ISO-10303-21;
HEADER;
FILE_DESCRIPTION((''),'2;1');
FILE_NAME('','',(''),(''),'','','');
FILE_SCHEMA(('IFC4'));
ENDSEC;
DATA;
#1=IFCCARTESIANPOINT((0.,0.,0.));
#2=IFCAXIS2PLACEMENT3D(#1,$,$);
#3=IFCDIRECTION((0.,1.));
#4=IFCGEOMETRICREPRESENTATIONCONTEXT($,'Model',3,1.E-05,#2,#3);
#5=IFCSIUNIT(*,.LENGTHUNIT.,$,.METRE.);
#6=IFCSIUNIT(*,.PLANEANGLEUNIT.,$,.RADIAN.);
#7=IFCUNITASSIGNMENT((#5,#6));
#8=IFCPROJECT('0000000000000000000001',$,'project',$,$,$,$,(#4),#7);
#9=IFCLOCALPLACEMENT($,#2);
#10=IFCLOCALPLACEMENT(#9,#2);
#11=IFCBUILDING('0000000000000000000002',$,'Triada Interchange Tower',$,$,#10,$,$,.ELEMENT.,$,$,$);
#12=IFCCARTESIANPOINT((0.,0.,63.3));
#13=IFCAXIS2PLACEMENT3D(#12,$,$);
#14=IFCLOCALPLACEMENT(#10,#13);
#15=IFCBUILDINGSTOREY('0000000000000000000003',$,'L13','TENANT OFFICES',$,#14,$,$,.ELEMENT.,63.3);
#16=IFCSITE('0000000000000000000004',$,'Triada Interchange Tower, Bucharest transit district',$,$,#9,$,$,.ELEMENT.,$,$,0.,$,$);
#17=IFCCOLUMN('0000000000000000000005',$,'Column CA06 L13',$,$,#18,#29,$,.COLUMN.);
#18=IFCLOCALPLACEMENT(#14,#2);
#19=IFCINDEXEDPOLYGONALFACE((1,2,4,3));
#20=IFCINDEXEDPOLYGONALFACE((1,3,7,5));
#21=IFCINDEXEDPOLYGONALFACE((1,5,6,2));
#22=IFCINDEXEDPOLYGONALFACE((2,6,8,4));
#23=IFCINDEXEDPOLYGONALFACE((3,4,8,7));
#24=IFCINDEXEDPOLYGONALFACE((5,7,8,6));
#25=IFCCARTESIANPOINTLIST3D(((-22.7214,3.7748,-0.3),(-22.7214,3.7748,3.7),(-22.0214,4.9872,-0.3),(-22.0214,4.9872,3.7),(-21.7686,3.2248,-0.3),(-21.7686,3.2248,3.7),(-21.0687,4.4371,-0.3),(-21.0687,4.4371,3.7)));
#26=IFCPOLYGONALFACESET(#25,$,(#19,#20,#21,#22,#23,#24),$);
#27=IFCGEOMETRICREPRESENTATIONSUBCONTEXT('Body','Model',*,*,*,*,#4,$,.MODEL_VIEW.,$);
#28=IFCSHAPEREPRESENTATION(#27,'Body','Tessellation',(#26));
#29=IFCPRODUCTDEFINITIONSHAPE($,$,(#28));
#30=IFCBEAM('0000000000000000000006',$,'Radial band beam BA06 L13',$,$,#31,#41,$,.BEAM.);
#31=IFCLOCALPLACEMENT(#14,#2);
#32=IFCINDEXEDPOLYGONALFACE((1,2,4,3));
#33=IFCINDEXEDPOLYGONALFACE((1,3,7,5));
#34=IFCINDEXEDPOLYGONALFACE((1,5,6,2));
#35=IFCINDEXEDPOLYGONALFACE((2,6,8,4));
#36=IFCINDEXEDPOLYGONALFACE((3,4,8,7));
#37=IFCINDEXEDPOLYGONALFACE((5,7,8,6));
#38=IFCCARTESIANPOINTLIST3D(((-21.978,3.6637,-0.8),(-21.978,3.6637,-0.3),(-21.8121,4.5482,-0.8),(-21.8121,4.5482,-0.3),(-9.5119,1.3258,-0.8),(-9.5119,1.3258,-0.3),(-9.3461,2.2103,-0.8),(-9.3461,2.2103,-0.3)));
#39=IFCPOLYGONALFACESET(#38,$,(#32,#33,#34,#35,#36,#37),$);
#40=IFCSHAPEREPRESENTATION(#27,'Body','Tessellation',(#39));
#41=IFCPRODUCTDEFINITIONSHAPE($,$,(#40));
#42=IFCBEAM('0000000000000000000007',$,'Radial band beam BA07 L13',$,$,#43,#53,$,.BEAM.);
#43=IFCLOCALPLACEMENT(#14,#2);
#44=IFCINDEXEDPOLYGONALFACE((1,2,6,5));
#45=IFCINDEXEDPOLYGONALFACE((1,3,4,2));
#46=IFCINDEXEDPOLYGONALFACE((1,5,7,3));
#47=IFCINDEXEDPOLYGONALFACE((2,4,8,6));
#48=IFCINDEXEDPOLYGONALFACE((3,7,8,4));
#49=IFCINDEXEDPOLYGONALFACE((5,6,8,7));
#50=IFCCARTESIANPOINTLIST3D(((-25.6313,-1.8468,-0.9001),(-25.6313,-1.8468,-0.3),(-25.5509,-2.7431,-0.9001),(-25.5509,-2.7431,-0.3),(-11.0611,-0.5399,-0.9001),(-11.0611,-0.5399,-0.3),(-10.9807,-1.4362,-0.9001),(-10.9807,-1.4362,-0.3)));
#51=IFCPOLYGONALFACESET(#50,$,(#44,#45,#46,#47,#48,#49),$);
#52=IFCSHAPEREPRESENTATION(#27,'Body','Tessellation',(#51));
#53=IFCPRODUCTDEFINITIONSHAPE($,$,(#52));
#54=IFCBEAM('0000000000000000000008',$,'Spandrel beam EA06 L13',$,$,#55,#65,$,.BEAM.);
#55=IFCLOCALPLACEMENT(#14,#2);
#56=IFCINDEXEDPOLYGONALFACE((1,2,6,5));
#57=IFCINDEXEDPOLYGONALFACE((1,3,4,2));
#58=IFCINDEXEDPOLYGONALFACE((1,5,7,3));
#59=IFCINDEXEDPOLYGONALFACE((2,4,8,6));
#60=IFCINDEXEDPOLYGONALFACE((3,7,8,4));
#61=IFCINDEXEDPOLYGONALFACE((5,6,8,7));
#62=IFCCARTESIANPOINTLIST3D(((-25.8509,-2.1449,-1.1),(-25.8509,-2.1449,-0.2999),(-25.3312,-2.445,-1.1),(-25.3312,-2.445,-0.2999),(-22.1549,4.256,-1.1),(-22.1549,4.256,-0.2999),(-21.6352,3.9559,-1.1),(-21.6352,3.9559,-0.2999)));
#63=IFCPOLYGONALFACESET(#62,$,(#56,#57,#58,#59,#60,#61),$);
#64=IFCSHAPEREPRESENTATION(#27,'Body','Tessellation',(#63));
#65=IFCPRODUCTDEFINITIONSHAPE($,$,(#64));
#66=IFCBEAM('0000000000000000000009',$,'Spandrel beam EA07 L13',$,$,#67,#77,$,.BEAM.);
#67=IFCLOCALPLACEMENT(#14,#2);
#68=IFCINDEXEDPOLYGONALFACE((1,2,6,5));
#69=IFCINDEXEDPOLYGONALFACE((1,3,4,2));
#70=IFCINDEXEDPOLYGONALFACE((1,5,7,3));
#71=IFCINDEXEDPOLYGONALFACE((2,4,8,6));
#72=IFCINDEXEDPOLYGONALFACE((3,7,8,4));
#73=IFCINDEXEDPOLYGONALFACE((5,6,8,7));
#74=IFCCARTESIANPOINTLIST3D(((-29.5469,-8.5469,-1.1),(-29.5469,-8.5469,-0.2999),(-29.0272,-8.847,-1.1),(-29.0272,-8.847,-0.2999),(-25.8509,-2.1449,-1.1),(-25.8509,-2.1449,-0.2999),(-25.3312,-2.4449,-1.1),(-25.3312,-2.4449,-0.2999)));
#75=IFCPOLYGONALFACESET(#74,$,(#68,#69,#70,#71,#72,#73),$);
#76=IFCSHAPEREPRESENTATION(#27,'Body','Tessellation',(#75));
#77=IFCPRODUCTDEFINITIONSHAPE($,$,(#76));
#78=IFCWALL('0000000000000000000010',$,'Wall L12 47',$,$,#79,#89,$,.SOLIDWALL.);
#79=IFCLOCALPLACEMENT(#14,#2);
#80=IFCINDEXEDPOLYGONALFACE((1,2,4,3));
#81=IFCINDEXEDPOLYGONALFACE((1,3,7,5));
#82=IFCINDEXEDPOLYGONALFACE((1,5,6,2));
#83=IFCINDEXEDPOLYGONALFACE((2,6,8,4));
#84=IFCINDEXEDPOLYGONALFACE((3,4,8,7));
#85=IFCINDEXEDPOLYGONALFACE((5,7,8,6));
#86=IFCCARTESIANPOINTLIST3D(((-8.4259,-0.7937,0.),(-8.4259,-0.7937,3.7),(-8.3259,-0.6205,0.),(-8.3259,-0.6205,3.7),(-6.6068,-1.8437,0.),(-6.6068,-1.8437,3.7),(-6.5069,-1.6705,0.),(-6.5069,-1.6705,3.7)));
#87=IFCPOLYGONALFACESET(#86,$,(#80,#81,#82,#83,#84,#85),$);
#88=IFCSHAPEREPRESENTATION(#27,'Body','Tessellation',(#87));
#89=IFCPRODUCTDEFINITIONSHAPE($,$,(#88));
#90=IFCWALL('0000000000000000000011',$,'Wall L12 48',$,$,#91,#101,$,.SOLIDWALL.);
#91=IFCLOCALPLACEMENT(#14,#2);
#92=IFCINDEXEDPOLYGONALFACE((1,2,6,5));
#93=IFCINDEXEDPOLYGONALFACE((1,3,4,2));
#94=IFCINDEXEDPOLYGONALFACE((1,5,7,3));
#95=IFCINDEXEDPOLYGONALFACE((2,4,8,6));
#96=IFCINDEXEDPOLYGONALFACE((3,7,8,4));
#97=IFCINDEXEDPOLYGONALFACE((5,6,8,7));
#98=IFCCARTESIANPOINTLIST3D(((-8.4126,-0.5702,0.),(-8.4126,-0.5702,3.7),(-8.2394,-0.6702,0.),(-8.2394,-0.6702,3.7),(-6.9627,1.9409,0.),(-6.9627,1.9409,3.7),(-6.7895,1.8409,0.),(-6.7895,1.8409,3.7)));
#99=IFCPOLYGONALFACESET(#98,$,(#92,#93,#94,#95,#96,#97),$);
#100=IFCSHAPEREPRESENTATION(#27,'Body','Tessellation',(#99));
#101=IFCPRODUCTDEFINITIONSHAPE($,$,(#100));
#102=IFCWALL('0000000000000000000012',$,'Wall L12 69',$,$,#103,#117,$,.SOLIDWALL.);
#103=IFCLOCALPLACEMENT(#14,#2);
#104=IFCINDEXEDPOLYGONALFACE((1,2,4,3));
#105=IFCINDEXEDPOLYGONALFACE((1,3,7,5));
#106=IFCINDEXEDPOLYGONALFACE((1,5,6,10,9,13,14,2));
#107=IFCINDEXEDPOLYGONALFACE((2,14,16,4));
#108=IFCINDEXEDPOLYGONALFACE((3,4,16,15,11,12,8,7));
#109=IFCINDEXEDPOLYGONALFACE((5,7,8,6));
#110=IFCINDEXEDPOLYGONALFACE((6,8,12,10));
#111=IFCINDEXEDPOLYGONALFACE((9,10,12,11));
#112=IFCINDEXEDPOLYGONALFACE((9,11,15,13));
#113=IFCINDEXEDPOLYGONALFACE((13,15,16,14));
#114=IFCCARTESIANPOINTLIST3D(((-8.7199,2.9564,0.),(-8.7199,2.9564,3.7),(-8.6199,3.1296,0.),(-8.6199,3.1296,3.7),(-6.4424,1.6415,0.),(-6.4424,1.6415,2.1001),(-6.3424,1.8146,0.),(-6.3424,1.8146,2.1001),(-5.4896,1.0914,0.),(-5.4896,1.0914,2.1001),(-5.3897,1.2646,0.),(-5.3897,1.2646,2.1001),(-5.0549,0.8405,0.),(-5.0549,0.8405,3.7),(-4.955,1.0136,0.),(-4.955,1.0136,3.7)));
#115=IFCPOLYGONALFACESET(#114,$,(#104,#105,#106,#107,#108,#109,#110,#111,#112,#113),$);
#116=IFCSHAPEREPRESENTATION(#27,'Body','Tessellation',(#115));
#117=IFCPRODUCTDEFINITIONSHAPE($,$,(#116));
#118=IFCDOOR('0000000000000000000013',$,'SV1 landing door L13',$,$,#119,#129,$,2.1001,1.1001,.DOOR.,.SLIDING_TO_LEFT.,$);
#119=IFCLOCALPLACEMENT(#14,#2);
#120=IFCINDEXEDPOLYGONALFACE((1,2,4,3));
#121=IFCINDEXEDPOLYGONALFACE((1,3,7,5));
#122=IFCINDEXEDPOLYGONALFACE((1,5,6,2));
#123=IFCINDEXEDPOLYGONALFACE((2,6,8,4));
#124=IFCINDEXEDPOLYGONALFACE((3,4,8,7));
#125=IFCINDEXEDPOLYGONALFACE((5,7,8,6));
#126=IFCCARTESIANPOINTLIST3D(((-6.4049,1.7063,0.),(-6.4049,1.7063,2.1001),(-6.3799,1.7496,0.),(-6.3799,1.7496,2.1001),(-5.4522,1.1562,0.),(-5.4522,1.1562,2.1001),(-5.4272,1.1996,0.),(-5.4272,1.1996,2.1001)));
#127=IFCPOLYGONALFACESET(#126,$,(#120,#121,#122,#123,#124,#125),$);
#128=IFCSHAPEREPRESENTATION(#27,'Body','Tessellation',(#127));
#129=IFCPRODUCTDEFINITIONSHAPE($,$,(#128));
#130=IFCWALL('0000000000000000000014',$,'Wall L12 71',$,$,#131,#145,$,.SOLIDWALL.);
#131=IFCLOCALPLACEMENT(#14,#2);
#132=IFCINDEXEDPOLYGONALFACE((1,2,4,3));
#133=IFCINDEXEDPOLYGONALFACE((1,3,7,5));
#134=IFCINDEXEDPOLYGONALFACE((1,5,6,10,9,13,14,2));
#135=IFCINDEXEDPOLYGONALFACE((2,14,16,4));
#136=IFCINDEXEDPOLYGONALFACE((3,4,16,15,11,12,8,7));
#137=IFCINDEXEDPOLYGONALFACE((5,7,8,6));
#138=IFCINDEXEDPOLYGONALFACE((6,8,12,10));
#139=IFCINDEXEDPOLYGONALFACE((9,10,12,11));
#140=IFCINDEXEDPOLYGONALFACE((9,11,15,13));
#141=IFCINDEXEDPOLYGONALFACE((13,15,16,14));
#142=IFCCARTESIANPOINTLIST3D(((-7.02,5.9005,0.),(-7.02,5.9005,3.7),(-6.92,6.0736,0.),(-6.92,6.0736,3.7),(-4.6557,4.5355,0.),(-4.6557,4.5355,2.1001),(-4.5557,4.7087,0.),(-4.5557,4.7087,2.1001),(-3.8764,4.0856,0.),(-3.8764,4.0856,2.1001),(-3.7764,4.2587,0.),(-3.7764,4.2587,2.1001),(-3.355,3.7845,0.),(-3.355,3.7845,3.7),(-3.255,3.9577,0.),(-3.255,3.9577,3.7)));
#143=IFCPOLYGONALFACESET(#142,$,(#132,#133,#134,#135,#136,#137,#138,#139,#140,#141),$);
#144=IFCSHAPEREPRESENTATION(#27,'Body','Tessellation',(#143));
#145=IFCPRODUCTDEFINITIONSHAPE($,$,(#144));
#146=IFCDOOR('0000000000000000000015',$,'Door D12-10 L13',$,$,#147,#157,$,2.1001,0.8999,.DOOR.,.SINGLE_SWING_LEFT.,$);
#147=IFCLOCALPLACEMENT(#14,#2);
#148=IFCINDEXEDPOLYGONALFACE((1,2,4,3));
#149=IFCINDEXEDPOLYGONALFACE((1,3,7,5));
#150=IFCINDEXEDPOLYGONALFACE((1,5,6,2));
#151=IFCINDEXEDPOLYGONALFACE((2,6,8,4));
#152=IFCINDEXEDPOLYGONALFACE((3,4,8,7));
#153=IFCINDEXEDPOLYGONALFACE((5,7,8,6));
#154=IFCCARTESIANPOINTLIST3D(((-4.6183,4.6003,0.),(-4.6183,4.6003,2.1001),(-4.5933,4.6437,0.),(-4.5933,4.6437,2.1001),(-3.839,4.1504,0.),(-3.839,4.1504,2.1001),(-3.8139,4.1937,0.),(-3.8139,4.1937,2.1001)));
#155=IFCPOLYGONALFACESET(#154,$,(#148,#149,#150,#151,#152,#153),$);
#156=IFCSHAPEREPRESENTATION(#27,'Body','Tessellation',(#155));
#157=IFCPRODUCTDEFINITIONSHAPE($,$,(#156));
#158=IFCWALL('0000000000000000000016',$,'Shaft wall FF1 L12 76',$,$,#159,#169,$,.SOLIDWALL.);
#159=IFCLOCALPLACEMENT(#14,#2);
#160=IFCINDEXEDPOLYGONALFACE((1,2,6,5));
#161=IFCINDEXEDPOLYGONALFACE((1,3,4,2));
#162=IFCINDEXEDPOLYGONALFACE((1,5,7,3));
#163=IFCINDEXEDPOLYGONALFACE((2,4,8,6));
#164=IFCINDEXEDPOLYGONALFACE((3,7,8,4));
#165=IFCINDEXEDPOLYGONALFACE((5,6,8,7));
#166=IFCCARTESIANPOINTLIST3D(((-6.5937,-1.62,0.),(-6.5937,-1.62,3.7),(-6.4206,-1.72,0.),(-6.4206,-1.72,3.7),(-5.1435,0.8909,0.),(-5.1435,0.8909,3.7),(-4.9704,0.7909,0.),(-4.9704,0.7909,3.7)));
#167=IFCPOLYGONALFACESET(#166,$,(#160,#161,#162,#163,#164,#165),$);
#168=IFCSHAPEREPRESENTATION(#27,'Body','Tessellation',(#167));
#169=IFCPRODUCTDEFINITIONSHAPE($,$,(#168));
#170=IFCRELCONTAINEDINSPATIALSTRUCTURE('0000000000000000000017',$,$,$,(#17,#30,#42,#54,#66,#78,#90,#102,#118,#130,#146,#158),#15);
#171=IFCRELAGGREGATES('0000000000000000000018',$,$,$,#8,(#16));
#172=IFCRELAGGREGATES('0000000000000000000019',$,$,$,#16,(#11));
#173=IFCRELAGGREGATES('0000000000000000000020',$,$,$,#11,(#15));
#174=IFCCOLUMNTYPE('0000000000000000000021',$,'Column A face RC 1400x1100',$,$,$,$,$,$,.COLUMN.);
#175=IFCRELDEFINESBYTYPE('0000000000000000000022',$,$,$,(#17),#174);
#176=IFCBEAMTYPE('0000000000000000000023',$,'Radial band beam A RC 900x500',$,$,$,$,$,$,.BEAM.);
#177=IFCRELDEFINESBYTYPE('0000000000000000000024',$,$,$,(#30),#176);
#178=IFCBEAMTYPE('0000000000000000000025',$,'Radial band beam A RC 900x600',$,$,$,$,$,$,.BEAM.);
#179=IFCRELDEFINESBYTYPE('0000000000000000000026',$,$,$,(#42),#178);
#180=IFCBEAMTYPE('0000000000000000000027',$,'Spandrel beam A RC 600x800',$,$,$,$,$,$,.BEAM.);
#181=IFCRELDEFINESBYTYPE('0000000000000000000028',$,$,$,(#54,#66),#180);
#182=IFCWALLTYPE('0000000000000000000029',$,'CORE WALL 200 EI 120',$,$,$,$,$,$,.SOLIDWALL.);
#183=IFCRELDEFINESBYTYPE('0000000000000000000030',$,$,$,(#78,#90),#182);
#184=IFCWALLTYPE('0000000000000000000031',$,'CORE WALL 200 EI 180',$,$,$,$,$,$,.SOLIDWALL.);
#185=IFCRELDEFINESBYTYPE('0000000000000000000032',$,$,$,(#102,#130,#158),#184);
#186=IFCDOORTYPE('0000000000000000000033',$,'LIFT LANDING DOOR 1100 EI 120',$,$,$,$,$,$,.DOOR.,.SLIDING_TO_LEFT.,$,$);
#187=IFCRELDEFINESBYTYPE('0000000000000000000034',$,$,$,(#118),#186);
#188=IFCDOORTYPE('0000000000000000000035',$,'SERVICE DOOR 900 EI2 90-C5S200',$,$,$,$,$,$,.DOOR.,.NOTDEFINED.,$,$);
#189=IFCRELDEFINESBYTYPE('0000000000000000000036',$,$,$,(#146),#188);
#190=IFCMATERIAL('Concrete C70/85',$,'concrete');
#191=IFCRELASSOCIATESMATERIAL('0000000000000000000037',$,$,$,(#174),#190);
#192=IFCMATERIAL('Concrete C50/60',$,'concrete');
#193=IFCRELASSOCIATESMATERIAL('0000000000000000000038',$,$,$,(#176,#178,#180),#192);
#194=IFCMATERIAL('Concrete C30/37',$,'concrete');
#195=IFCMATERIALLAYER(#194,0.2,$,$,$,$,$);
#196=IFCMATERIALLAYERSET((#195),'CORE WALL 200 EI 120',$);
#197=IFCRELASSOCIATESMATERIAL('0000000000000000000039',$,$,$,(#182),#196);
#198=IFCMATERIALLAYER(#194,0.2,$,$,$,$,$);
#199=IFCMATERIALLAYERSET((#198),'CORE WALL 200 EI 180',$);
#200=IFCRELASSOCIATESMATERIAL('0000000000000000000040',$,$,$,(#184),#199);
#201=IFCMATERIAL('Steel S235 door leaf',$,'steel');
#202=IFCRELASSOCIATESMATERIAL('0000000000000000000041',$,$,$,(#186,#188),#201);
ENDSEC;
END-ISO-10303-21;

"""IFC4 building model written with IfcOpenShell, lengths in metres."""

from ifc_helpers import new_model, si_unit, direction, frame, frame_2d, origin, origin_2d, place, context, subcontext, project, spatial, rectangle, extrude, material, layer, layer_set, material_profile, profile_set, type_object, element, fill, save


model = new_model("IFC4")

# Units and contexts
model_context = context("Model", 3, precision=1e-05, world=origin(), true_north=direction((0.0, 1.0)))
body_context = subcontext(model_context, "Body", "Model", "MODEL_VIEW")
ifc_project = project(units=[si_unit("LENGTHUNIT", "METRE"), si_unit("PLANEANGLEUNIT", "RADIAN")], contexts=[model_context])

# Site, building, storey
site_placement = place(None, origin())
site = spatial("IfcSite", under=ifc_project, at=site_placement, Name="Triada Interchange Tower, Bucharest transit district", CompositionType="ELEMENT", RefElevation=0.0)
building_placement = place(site_placement, origin())
building = spatial("IfcBuilding", under=site, at=building_placement, Name="Triada Interchange Tower", CompositionType="ELEMENT")
storey_placement = place(building_placement, frame((0.0, 0.0, 63.3)))
storey = spatial("IfcBuildingStorey", under=building, at=storey_placement, Name="L13", Description="TENANT OFFICES", CompositionType="ELEMENT", Elevation=63.3)

# Column
ifc_material_1 = material(Name="Concrete C70/85", Category="concrete")
ifc_material_profile_1 = material_profile(ifc_material_1, rectangle(XDim=1.3999, YDim=1.1001, at=origin_2d()), Name="RC 1400x1100")
ifc_profile_set_1 = profile_set([ifc_material_profile_1], Name="Concrete C70/85")
column_type = type_object("IfcColumnType", Name="Column A face RC 1400x1100", PredefinedType="COLUMN", material=ifc_profile_set_1)
column_placement = place(storey_placement, frame((-21.895, 4.106, -0.3), z_axis=(0.0, 0.0, 1.0), x_axis=(0.5, 0.866025, 0.0)))
element("IfcColumn", 1, at=column_placement, inside=storey, type_object=column_type, Name="Column CA06 L13", PredefinedType="COLUMN", context=body_context, shape_type="SweptSolid", body=[
    extrude(rectangle(XDim=1.3999, YDim=1.1001, at=origin_2d()), origin(), (0.0, 0.0, 1.0), 4.0),
])

# Beams
ifc_material_2 = material(Name="Concrete C50/60", Category="concrete")
ifc_material_profile_2 = material_profile(ifc_material_2, rectangle(XDim=0.8999, YDim=0.5, at=origin_2d()), Name="RC 900x500")
ifc_profile_set_2 = profile_set([ifc_material_profile_2], Name="Concrete C50/60")
beam_type_1 = type_object("IfcBeamType", Name="Radial band beam A RC 900x500", PredefinedType="BEAM", material=ifc_profile_set_2)
beam_1_placement = place(storey_placement, frame((-21.895, 4.106, -0.55), z_axis=(0.982865, -0.184327, 0.0), x_axis=(0.184327, 0.982865, 0.0)))
element("IfcBeam", 2, at=beam_1_placement, inside=storey, type_object=beam_type_1, Name="Radial band beam BA06 L13", PredefinedType="BEAM", context=body_context, shape_type="SweptSolid", body=[
    extrude(rectangle(XDim=0.8999, YDim=0.5, at=origin_2d()), origin(), (0.0, 0.0, 1.0), 12.6833),
])
ifc_material_profile_3 = material_profile(ifc_material_2, rectangle(XDim=0.8999, YDim=0.6001, at=origin_2d()), Name="RC 900x600")
ifc_profile_set_3 = profile_set([ifc_material_profile_3], Name="Concrete C50/60")
beam_type_2 = type_object("IfcBeamType", Name="Radial band beam A RC 900x600", PredefinedType="BEAM", material=ifc_profile_set_3)
beam_2_placement = place(storey_placement, frame((-25.5911, -2.2949, -0.6001), z_axis=(0.996001, 0.089338, 0.0), x_axis=(-0.089338, 0.996001, 0.0)))
element("IfcBeam", 3, at=beam_2_placement, inside=storey, type_object=beam_type_2, Name="Radial band beam BA07 L13", PredefinedType="BEAM", context=body_context, shape_type="SweptSolid", body=[
    extrude(rectangle(XDim=0.8999, YDim=0.6001, at=origin_2d()), origin(), (0.0, 0.0, 1.0), 14.6287),
])
ifc_material_profile_4 = material_profile(ifc_material_2, rectangle(XDim=0.6001, YDim=0.8, at=origin_2d()), Name="RC 600x800")
ifc_profile_set_4 = profile_set([ifc_material_profile_4], Name="Concrete C50/60")
beam_type_3 = type_object("IfcBeamType", Name="Spandrel beam A RC 600x800", PredefinedType="BEAM", material=ifc_profile_set_4)
beam_3_placement = place(storey_placement, frame((-21.895, 4.106, -0.7), z_axis=(-0.50005, -0.865996, 0.0), x_axis=(0.865996, -0.50005, 0.0)))
element("IfcBeam", 4, at=beam_3_placement, inside=storey, type_object=beam_type_3, Name="Spandrel beam EA06 L13", PredefinedType="BEAM", context=body_context, shape_type="SweptSolid", body=[
    extrude(rectangle(XDim=0.6001, YDim=0.8, at=origin_2d()), origin(), (0.0, 0.0, 1.0), 7.3914),
])
beam_4_placement = place(storey_placement, frame((-25.5911, -2.2949, -0.7), z_axis=(-0.499979, -0.866038, 0.0), x_axis=(0.866038, -0.499979, 0.0)))
element("IfcBeam", 5, at=beam_4_placement, inside=storey, type_object=beam_type_3, Name="Spandrel beam EA07 L13", PredefinedType="BEAM", context=body_context, shape_type="SweptSolid", body=[
    extrude(rectangle(XDim=0.6001, YDim=0.8, at=origin_2d()), origin(), (0.0, 0.0, 1.0), 7.3923),
])

# Walls
ifc_material_3 = material(Name="Concrete C30/37", Category="concrete")
ifc_layer_1 = layer(ifc_material_3, 0.2)
ifc_layer_set_1 = layer_set([ifc_layer_1], Name="CORE WALL 200 EI 120")
wall_type_1 = type_object("IfcWallType", Name="CORE WALL 200 EI 120", PredefinedType="SOLIDWALL", material=ifc_layer_set_1)
wall_1_placement = place(storey_placement, frame((-8.376, -0.707, 0.0), z_axis=(0.0, 0.0, 1.0), x_axis=(0.866068, -0.499927, 0.0)))
element("IfcWall", 6, at=wall_1_placement, inside=storey, type_object=wall_type_1, Name="Wall L12 47", PredefinedType="SOLIDWALL", context=body_context, shape_type="SweptSolid", body=[
    extrude(rectangle(XDim=2.1003, YDim=0.2, at=frame_2d((1.0503, 0.0))), origin(), (0.0, 0.0, 1.0), 3.7),
])
wall_2_placement = place(storey_placement, frame((-8.3259, -0.6201, 0.0), z_axis=(0.0, 0.0, 1.0), x_axis=(0.500024, 0.866012, 0.0)))
element("IfcWall", 7, at=wall_2_placement, inside=storey, type_object=wall_type_1, Name="Wall L12 48", PredefinedType="SOLIDWALL", context=body_context, shape_type="SweptSolid", body=[
    extrude(rectangle(XDim=2.8997, YDim=0.2, at=frame_2d((1.4497, 0.0))), origin(), (0.0, 0.0, 1.0), 3.7),
])

# Walls, openings, doors
ifc_layer_2 = layer(ifc_material_3, 0.2)
ifc_layer_set_2 = layer_set([ifc_layer_2], Name="CORE WALL 200 EI 180")
wall_type_2 = type_object("IfcWallType", Name="CORE WALL 200 EI 180", PredefinedType="SOLIDWALL", material=ifc_layer_set_2)
wall_3_placement = place(storey_placement, frame((-8.6699, 3.043, 0.0), z_axis=(0.0, 0.0, 1.0), x_axis=(0.86603, -0.499992, 0.0)))
wall_3 = element("IfcWall", 8, at=wall_3_placement, inside=storey, type_object=wall_type_2, Name="Wall L12 69", PredefinedType="SOLIDWALL", context=body_context, shape_type="SweptSolid", body=[
    extrude(rectangle(XDim=4.2319, YDim=0.2, at=frame_2d((2.116, 0.0))), origin(), (0.0, 0.0, 1.0), 3.7),
])
opening_1_placement = place(wall_3_placement, frame((2.6299, 0.0, 0.0)))
opening_1 = element("IfcOpeningElement", 9, at=opening_1_placement, cuts=wall_3, PredefinedType="OPENING", context=body_context, shape_type="SweptSolid", body=[
    extrude(rectangle(XDim=1.1001, YDim=2.1001, at=frame_2d((0.55, 1.05))), frame((0.0, 0.1099, 0.0), z_axis=(0.0, -1.0, 0.0), x_axis=(1.0, 0.0, 0.0)), (0.0, 0.0, 1.0), 0.22),
])
ifc_material_4 = material(Name="Steel S235 door leaf", Category="steel")
door_type_1 = type_object("IfcDoorType", Name="LIFT LANDING DOOR 1100 EI 120", OperationType="SLIDING_TO_LEFT", PredefinedType="DOOR", material=ifc_material_4)
door_1_placement = place(opening_1_placement, origin())
door_1 = element("IfcDoor", 10, at=door_1_placement, inside=storey, type_object=door_type_1, Name="SV1 landing door L13", OperationType="SLIDING_TO_LEFT", OverallHeight=2.1001, OverallWidth=1.1001, PredefinedType="DOOR", context=body_context, shape_type="SweptSolid", body=[
    extrude(rectangle(XDim=1.1001, YDim=2.1001, at=frame_2d((0.55, 1.05))), frame((0.0, 0.0249, 0.0), z_axis=(0.0, -1.0, 0.0), x_axis=(1.0, 0.0, 0.0)), (0.0, 0.0, 1.0), 0.05),
])
fill(opening_1, door_1)
wall_4_placement = place(storey_placement, frame((-6.97, 5.9871, 0.0), z_axis=(0.0, 0.0, 1.0), x_axis=(0.86603, -0.499992, 0.0)))
wall_4 = element("IfcWall", 11, at=wall_4_placement, inside=storey, type_object=wall_type_2, Name="Wall L12 71", PredefinedType="SOLIDWALL", context=body_context, shape_type="SweptSolid", body=[
    extrude(rectangle(XDim=4.2319, YDim=0.2, at=frame_2d((2.116, 0.0))), origin(), (0.0, 0.0, 1.0), 3.7),
])
opening_2_placement = place(wall_4_placement, frame((2.73, 0.0, 0.0)))
opening_2 = element("IfcOpeningElement", 12, at=opening_2_placement, cuts=wall_4, PredefinedType="OPENING", context=body_context, shape_type="SweptSolid", body=[
    extrude(rectangle(XDim=0.8999, YDim=2.1001, at=frame_2d((0.45, 1.05))), frame((0.0, 0.1099, 0.0), z_axis=(0.0, -1.0, 0.0), x_axis=(1.0, 0.0, 0.0)), (0.0, 0.0, 1.0), 0.22),
])
door_type_2 = type_object("IfcDoorType", Name="SERVICE DOOR 900 EI2 90-C5S200", OperationType="NOTDEFINED", PredefinedType="DOOR", material=ifc_material_4)
door_2_placement = place(opening_2_placement, origin())
door_2 = element("IfcDoor", 13, at=door_2_placement, inside=storey, type_object=door_type_2, Name="Door D12-10 L13", OperationType="SINGLE_SWING_LEFT", OverallHeight=2.1001, OverallWidth=0.8999, PredefinedType="DOOR", context=body_context, shape_type="SweptSolid", body=[
    extrude(rectangle(XDim=0.8999, YDim=2.1001, at=frame_2d((0.45, 1.05))), frame((0.0, 0.0249, 0.0), z_axis=(0.0, -1.0, 0.0), x_axis=(1.0, 0.0, 0.0)), (0.0, 0.0, 1.0), 0.05),
])
fill(opening_2, door_2)

# Wall
wall_5_placement = place(storey_placement, frame((-6.5071, -1.6699, 0.0), z_axis=(0.0, 0.0, 1.0), x_axis=(0.500123, 0.865954, 0.0)))
element("IfcWall", 14, at=wall_5_placement, inside=storey, type_object=wall_type_2, Name="Shaft wall FF1 L12 76", PredefinedType="SOLIDWALL", context=body_context, shape_type="SweptSolid", body=[
    extrude(rectangle(XDim=2.8997, YDim=0.2, at=frame_2d((1.4497, 0.0))), origin(), (0.0, 0.0, 1.0), 3.7),
])

save(model, "model.ifc")
